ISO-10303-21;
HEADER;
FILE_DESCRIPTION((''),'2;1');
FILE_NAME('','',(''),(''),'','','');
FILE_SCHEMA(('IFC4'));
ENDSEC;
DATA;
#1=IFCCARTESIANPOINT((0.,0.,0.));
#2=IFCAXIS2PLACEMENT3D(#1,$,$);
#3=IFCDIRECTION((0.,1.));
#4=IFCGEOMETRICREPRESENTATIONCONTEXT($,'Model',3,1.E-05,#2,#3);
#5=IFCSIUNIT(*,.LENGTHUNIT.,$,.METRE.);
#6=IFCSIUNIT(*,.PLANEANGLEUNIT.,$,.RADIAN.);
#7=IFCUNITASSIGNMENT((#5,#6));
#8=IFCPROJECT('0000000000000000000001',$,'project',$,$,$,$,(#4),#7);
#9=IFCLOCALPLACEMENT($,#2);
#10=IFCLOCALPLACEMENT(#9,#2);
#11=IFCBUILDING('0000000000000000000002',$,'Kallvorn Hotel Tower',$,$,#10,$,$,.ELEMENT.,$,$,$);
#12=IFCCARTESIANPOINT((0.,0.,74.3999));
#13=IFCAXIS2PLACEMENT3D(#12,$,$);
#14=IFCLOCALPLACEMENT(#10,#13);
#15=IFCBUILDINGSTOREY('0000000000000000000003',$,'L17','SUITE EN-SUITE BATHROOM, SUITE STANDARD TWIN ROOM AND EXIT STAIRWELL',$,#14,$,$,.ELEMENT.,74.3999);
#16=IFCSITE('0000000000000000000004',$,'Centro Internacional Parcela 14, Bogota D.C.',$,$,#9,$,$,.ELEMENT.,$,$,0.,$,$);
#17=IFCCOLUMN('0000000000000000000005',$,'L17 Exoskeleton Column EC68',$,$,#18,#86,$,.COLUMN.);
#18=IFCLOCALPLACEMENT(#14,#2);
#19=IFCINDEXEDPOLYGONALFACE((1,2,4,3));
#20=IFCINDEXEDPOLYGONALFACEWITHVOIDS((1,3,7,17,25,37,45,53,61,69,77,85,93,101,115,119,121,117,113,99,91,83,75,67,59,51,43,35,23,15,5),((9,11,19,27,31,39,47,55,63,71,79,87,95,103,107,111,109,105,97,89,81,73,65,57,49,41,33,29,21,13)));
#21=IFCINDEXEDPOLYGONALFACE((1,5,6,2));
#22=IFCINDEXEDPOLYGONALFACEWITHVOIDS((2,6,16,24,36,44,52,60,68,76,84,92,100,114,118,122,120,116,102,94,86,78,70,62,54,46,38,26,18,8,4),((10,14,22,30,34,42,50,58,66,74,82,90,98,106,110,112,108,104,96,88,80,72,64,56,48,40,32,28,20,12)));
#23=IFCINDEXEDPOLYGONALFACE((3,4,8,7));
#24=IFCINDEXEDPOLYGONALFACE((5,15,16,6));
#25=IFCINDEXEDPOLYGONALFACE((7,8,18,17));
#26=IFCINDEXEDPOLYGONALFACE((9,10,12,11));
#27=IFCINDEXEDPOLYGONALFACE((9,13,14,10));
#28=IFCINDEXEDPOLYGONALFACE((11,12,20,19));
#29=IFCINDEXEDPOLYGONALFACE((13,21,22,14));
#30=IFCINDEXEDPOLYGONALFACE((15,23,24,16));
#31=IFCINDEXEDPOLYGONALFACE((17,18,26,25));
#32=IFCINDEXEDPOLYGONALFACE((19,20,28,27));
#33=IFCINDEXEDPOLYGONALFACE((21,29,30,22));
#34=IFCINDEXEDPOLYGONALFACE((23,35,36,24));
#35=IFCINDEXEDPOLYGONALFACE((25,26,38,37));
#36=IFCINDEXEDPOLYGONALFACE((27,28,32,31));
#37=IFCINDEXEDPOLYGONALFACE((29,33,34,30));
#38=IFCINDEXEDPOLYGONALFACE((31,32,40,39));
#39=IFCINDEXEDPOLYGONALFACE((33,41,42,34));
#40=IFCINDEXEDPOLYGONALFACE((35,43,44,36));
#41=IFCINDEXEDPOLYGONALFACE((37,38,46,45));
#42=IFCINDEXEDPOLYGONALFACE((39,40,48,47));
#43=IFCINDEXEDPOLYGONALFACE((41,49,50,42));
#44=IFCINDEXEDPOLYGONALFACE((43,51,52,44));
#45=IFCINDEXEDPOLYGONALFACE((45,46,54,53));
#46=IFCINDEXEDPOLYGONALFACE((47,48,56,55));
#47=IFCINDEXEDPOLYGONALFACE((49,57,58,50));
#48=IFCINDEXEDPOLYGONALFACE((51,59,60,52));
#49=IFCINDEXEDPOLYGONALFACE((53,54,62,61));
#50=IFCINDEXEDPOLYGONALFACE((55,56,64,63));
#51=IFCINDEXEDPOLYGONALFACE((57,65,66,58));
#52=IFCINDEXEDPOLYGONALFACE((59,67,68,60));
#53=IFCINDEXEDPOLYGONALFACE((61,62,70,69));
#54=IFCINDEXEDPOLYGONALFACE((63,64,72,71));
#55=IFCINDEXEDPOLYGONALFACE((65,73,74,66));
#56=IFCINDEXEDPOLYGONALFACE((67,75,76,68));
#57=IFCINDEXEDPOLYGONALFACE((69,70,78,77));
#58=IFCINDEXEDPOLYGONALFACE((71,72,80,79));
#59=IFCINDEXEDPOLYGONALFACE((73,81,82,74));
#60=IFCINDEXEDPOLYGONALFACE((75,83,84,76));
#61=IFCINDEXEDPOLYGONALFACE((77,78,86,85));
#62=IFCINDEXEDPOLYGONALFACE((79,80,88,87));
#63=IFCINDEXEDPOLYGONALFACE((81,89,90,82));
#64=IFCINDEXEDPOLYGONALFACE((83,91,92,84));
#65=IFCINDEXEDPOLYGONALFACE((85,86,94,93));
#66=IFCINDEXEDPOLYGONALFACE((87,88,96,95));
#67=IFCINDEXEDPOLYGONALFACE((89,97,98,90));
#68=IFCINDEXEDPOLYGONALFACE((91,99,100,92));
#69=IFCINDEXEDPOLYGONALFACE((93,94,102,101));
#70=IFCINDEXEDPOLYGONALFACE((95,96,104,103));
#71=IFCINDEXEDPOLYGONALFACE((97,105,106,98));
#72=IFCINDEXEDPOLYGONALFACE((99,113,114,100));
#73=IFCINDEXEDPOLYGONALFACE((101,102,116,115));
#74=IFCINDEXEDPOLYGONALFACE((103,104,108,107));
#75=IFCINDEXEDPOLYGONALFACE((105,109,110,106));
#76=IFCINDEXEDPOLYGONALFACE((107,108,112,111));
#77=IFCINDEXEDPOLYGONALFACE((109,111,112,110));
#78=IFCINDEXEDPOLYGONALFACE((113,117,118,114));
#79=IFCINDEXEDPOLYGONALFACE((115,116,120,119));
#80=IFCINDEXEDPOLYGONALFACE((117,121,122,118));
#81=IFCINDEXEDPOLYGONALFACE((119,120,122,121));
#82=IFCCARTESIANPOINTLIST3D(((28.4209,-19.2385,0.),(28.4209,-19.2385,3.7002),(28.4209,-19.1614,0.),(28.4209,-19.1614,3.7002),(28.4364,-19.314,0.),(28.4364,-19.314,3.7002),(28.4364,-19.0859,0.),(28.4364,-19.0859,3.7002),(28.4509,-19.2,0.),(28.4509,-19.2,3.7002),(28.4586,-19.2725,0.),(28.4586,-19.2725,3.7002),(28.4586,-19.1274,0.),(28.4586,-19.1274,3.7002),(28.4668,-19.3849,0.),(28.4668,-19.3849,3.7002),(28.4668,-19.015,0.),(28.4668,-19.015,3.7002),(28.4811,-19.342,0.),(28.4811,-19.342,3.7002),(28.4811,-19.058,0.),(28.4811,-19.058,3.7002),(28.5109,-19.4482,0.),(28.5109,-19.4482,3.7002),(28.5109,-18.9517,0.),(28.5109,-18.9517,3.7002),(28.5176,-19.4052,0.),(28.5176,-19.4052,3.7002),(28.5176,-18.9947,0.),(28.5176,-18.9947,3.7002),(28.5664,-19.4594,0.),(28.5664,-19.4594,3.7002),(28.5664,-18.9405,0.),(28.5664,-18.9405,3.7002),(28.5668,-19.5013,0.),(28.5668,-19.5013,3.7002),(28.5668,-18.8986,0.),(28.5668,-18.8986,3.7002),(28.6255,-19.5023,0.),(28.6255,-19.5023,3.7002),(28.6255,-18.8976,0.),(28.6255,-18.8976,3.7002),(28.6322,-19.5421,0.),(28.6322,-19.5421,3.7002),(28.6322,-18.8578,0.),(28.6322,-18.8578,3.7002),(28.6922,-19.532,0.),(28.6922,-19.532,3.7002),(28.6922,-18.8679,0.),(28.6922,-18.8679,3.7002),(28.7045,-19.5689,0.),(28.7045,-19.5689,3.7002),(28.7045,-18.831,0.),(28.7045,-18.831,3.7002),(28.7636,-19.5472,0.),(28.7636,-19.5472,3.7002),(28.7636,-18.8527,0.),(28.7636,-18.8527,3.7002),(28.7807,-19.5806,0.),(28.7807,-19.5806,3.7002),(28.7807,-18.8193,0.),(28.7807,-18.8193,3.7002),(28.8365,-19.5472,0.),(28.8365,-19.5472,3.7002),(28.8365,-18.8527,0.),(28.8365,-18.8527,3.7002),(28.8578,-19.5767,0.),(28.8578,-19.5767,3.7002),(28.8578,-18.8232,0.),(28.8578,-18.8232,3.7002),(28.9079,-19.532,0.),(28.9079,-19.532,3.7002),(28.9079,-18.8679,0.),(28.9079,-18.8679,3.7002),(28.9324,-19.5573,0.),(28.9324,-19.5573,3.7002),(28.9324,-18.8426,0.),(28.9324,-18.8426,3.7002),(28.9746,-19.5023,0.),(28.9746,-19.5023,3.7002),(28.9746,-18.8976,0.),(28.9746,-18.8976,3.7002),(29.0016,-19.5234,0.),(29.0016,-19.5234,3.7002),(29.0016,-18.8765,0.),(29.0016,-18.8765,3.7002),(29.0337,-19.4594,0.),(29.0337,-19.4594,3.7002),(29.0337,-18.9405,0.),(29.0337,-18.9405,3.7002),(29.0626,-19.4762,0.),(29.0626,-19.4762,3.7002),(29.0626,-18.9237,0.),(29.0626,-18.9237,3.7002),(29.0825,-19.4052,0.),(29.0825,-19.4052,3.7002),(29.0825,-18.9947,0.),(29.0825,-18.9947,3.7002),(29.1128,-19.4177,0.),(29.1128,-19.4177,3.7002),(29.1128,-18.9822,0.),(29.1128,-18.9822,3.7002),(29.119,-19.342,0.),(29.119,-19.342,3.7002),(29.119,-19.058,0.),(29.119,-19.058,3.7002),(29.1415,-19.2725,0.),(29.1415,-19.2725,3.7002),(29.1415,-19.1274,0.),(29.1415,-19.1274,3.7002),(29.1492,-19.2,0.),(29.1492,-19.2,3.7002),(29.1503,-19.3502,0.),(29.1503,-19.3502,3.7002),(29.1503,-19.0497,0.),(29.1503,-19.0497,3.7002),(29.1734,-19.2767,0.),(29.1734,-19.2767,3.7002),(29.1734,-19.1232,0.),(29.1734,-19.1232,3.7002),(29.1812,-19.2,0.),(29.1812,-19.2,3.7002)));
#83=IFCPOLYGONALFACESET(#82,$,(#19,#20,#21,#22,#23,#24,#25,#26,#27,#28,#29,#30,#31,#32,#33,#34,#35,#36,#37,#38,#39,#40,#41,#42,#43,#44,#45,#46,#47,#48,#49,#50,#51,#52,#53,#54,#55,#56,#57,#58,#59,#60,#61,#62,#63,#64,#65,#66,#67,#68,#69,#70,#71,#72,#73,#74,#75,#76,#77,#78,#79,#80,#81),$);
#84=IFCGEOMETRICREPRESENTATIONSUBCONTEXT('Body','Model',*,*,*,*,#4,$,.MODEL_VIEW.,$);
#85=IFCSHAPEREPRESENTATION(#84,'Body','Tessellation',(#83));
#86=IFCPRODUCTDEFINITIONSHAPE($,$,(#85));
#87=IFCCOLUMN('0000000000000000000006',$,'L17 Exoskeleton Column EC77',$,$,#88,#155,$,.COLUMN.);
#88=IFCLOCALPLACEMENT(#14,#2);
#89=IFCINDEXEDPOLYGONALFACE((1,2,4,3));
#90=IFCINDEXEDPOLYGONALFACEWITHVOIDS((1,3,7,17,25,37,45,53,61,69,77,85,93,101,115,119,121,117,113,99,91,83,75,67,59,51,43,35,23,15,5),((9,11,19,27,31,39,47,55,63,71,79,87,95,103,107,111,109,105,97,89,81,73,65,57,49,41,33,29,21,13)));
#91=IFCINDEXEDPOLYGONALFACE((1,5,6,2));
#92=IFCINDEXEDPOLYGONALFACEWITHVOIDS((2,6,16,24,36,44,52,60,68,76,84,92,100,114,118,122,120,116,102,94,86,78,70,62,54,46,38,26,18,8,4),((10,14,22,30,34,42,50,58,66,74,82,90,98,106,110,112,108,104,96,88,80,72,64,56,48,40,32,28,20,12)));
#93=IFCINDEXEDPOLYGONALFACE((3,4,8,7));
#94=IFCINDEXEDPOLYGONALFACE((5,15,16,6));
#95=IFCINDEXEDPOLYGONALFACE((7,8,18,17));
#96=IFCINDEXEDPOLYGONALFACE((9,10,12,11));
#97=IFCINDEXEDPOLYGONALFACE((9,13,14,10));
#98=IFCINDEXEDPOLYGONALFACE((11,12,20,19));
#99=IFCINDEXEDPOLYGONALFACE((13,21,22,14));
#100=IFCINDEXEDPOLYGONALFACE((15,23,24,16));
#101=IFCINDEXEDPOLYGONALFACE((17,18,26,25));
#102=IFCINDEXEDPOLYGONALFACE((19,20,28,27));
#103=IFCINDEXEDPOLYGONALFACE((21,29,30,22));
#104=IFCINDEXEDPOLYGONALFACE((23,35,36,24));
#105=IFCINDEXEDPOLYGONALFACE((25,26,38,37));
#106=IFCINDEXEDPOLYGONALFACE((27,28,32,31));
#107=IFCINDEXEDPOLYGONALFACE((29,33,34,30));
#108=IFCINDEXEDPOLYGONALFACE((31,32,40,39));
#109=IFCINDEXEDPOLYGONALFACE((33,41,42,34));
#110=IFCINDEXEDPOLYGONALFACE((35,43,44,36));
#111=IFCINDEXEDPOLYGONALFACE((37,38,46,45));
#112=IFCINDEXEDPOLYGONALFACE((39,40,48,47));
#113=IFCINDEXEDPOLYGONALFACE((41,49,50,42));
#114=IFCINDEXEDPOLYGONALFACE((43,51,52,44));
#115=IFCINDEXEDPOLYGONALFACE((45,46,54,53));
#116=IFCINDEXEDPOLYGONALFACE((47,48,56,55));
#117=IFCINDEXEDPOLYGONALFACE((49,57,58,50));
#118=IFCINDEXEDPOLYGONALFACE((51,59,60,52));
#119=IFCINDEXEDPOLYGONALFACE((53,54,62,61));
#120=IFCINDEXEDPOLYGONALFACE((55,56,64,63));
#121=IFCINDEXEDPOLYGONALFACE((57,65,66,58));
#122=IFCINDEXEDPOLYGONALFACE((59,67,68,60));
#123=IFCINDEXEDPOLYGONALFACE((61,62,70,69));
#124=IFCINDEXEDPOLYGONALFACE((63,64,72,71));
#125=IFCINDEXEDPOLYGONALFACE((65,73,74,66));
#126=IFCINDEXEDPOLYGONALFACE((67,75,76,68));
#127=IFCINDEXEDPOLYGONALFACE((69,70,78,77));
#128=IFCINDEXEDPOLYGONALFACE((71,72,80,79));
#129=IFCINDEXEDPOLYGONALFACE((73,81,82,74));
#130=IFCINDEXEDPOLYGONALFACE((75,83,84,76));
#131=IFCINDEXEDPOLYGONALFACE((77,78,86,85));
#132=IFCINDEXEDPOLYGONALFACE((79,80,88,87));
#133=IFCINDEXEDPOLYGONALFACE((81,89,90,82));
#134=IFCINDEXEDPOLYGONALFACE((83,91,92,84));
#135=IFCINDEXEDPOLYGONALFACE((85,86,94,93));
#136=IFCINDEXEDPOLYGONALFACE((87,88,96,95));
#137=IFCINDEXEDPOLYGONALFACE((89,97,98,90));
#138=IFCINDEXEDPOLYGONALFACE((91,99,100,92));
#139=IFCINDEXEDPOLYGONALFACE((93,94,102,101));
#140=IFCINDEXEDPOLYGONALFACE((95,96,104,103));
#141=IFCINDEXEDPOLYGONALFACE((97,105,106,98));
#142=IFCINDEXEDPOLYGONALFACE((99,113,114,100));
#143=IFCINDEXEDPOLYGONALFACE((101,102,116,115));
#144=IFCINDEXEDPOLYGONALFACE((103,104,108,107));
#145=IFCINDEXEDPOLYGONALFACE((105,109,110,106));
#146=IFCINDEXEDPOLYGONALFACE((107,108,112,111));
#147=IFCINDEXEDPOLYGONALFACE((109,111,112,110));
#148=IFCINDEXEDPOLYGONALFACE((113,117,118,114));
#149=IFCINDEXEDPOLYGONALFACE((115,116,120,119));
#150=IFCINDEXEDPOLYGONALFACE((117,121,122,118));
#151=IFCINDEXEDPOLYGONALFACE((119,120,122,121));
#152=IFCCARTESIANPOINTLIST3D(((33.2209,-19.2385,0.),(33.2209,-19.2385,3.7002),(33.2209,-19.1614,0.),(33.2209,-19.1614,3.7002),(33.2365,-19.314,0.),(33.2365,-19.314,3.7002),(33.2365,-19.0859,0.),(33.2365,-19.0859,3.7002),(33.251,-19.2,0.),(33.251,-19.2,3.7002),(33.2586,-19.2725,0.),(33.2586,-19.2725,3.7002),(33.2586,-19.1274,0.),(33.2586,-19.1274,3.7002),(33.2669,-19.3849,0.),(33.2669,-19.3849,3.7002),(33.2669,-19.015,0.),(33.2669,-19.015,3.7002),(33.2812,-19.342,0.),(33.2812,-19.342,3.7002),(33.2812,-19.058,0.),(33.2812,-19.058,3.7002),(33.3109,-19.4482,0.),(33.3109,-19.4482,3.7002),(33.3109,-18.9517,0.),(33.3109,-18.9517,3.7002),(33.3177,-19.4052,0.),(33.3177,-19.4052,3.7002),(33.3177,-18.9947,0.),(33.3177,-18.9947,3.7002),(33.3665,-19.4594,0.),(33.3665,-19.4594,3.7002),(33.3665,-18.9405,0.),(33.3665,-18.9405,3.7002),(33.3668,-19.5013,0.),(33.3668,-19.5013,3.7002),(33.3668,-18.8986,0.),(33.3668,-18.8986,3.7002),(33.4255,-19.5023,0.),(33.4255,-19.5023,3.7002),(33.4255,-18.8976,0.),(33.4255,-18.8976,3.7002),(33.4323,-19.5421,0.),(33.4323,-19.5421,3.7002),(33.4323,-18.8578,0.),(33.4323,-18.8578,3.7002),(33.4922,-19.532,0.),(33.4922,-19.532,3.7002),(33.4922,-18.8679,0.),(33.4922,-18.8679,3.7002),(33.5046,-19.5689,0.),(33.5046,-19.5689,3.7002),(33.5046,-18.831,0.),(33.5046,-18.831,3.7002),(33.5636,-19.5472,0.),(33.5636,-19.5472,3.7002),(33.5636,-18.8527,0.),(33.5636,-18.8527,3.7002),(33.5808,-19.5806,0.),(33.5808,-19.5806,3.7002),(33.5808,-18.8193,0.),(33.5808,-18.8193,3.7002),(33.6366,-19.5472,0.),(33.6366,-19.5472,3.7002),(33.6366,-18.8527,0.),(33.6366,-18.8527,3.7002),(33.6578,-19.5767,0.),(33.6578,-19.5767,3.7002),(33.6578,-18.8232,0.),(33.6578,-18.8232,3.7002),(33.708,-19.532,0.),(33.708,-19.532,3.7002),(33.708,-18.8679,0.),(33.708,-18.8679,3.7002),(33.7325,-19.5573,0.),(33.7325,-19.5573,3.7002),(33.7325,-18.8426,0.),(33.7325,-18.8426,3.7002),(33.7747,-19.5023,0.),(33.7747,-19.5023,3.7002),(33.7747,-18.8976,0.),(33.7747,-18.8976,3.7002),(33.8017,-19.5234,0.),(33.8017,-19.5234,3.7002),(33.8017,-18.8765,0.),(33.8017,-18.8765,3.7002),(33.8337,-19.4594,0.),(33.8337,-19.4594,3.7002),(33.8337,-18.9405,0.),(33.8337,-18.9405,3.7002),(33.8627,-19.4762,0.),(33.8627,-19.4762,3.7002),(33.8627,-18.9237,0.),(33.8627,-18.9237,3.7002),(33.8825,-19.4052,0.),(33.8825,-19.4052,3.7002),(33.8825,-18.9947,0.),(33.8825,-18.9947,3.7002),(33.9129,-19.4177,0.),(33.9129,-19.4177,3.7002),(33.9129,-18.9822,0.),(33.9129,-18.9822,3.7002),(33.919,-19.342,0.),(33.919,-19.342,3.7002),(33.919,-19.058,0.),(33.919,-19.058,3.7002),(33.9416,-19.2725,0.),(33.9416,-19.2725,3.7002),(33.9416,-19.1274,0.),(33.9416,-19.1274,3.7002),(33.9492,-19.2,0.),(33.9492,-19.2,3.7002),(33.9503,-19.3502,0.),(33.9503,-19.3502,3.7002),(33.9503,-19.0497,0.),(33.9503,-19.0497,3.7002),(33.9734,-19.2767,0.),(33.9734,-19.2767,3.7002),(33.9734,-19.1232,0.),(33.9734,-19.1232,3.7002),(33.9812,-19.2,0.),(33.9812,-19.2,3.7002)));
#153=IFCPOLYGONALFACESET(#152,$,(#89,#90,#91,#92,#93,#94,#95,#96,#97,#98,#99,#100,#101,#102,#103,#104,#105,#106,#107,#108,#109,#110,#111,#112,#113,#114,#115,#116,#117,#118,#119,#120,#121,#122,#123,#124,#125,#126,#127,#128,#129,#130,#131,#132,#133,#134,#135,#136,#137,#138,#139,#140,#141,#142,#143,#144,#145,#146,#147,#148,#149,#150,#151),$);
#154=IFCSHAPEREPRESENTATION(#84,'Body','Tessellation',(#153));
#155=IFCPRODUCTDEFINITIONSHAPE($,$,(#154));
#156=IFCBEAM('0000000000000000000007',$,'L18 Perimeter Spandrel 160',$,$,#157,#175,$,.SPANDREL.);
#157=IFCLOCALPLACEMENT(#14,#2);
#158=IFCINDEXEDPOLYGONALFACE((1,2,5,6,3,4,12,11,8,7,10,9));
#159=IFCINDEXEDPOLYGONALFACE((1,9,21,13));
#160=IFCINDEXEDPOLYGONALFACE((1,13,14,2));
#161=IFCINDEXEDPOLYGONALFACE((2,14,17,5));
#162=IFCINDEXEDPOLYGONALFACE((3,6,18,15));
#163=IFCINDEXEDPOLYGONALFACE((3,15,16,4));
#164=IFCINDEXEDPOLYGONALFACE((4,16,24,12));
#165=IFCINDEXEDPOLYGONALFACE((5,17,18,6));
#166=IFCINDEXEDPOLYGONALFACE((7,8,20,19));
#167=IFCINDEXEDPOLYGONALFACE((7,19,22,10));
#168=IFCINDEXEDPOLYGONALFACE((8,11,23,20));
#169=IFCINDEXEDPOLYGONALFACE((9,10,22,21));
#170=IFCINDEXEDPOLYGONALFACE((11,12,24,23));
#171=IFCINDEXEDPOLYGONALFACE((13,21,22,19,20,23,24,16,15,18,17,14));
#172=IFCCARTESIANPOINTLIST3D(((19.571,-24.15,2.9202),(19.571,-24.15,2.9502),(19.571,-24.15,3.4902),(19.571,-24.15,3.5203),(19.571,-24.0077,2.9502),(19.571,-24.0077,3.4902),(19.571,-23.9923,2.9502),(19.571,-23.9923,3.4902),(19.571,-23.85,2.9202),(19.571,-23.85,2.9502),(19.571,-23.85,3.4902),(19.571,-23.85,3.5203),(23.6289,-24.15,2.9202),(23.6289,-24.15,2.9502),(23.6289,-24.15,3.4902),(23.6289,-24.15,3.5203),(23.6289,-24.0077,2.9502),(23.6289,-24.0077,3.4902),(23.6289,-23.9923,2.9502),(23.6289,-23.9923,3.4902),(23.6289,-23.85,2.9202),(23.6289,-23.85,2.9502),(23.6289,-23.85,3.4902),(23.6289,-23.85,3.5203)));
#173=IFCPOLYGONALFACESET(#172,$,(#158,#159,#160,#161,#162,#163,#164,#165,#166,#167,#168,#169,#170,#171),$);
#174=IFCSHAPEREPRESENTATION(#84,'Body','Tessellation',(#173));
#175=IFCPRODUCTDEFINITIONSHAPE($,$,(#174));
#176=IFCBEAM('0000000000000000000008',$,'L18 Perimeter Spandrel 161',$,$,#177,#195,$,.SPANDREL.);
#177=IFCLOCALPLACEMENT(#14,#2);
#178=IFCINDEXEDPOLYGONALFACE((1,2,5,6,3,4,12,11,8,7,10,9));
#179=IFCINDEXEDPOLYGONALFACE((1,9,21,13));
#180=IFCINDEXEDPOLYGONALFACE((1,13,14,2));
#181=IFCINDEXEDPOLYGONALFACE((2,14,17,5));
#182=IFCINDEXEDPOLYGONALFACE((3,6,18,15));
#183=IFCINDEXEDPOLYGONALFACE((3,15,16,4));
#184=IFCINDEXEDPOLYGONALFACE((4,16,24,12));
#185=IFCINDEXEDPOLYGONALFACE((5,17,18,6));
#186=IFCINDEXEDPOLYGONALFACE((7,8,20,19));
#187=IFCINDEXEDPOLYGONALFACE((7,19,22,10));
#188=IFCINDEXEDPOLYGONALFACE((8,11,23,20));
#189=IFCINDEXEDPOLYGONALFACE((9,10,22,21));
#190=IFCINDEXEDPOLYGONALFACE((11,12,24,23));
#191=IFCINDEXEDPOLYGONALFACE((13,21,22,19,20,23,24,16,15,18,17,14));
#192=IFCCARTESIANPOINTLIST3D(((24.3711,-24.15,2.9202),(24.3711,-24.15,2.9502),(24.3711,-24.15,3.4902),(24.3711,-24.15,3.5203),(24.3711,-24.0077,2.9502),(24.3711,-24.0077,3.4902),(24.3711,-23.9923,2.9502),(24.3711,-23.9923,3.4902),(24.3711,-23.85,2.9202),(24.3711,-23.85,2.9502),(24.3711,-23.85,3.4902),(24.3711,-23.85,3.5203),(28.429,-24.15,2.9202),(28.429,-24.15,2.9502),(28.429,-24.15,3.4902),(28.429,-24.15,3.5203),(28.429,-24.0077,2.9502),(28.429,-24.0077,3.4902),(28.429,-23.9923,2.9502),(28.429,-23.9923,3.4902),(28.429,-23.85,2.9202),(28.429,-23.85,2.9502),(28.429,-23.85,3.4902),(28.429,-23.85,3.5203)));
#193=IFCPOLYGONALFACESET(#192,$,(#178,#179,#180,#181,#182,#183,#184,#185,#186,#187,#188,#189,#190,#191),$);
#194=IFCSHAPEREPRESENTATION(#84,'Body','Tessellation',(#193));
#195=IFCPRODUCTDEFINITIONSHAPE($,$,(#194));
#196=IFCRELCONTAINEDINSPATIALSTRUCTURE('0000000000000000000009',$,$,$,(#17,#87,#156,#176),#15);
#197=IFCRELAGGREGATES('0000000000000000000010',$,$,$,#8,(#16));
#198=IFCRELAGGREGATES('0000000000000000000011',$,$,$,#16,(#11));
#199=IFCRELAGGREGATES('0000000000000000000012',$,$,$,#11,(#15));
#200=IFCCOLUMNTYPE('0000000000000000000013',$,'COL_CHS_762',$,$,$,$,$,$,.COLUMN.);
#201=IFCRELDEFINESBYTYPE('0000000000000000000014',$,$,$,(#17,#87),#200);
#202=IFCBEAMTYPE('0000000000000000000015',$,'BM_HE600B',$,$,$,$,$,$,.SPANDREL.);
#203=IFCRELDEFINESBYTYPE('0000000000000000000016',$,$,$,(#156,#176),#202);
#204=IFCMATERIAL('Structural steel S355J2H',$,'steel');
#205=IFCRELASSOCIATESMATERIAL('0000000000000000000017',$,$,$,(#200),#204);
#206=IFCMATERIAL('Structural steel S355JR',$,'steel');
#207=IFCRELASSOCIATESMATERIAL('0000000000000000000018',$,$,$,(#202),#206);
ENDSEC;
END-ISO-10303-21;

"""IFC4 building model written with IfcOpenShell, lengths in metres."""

from ifc_helpers import new_model, si_unit, direction, frame, origin, origin_2d, place, context, subcontext, project, spatial, hollow_circle, i_section, extrude, material, material_profile, profile_set, type_object, element, save


model = new_model("IFC4")

# Units and contexts
model_context = context("Model", 3, precision=1e-05, world=origin(), true_north=direction((0.0, 1.0)))
body_context = subcontext(model_context, "Body", "Model", "MODEL_VIEW")
ifc_project = project(units=[si_unit("LENGTHUNIT", "METRE"), si_unit("PLANEANGLEUNIT", "RADIAN")], contexts=[model_context])

# Site, building, storey
site_placement = place(None, origin())
site = spatial("IfcSite", under=ifc_project, at=site_placement, Name="Centro Internacional Parcela 14, Bogota D.C.", CompositionType="ELEMENT", RefElevation=0.0)
building_placement = place(site_placement, origin())
building = spatial("IfcBuilding", under=site, at=building_placement, Name="Kallvorn Hotel Tower", CompositionType="ELEMENT")
storey_placement = place(building_placement, frame((0.0, 0.0, 74.3999)))
storey = spatial("IfcBuildingStorey", under=building, at=storey_placement, Name="L17", Description="SUITE EN-SUITE BATHROOM, SUITE STANDARD TWIN ROOM AND EXIT STAIRWELL", CompositionType="ELEMENT", Elevation=74.3999)

# Columns
ifc_material_1 = material(Name="Structural steel S355J2H", Category="steel")
ifc_material_profile_1 = material_profile(ifc_material_1, hollow_circle(Radius=0.3811, WallThickness=0.032, at=origin_2d()), Name="CHS 762x32")
ifc_profile_set_1 = profile_set([ifc_material_profile_1], Name="Structural steel S355J2H")
column_type = type_object("IfcColumnType", Name="COL_CHS_762", PredefinedType="COLUMN", material=ifc_profile_set_1)
for number, where, z_axis, x_axis, name in (
    (1, (28.8, -19.2, 0.0), (0.0, 0.0, 1.0), (1.0, 0.0, 0.0), "L17 Exoskeleton Column EC68"),
    (2, (33.6001, -19.2, 0.0), (0.0, 0.0, 1.0), (1.0, 0.0, 0.0), "L17 Exoskeleton Column EC77"),
):
    element("IfcColumn", number, at=place(storey_placement, frame(where, z_axis=z_axis, x_axis=x_axis)), inside=storey, type_object=column_type, Name=name, PredefinedType="COLUMN", context=body_context, shape_type="SweptSolid", body=[
        extrude(hollow_circle(Radius=0.3811, WallThickness=0.032, at=origin_2d()), origin(), (0.0, 0.0, 1.0), 3.7002),
    ])

# Beams
ifc_material_2 = material(Name="Structural steel S355JR", Category="steel")
ifc_material_profile_2 = material_profile(ifc_material_2, i_section(OverallWidth=0.3, OverallDepth=0.6001, WebThickness=0.0154, FlangeThickness=0.03, at=origin_2d()), Name="HE 600 B")
ifc_profile_set_2 = profile_set([ifc_material_profile_2], Name="Structural steel S355JR")
beam_type_1 = type_object("IfcBeamType", Name="BM_HE600B", PredefinedType="SPANDREL", material=ifc_profile_set_2)
for number, where, z_axis, x_axis, name in (
    (3, (19.571, -24.0, 3.2202), (1.0, 0.0, 0.0), (0.0, 1.0, 0.0), "L18 Perimeter Spandrel 160"),
    (4, (24.3711, -24.0, 3.2202), (1.0, 0.0, 0.0), (0.0, 1.0, 0.0), "L18 Perimeter Spandrel 161"),
):
    element("IfcBeam", number, at=place(storey_placement, frame(where, z_axis=z_axis, x_axis=x_axis)), inside=storey, type_object=beam_type_1, Name=name, PredefinedType="SPANDREL", context=body_context, shape_type="SweptSolid", body=[
        extrude(i_section(OverallWidth=0.3, OverallDepth=0.6001, WebThickness=0.0154, FlangeThickness=0.03, at=origin_2d()), origin(), (0.0, 0.0, 1.0), 4.0579),
    ])

save(model, "model.ifc")
